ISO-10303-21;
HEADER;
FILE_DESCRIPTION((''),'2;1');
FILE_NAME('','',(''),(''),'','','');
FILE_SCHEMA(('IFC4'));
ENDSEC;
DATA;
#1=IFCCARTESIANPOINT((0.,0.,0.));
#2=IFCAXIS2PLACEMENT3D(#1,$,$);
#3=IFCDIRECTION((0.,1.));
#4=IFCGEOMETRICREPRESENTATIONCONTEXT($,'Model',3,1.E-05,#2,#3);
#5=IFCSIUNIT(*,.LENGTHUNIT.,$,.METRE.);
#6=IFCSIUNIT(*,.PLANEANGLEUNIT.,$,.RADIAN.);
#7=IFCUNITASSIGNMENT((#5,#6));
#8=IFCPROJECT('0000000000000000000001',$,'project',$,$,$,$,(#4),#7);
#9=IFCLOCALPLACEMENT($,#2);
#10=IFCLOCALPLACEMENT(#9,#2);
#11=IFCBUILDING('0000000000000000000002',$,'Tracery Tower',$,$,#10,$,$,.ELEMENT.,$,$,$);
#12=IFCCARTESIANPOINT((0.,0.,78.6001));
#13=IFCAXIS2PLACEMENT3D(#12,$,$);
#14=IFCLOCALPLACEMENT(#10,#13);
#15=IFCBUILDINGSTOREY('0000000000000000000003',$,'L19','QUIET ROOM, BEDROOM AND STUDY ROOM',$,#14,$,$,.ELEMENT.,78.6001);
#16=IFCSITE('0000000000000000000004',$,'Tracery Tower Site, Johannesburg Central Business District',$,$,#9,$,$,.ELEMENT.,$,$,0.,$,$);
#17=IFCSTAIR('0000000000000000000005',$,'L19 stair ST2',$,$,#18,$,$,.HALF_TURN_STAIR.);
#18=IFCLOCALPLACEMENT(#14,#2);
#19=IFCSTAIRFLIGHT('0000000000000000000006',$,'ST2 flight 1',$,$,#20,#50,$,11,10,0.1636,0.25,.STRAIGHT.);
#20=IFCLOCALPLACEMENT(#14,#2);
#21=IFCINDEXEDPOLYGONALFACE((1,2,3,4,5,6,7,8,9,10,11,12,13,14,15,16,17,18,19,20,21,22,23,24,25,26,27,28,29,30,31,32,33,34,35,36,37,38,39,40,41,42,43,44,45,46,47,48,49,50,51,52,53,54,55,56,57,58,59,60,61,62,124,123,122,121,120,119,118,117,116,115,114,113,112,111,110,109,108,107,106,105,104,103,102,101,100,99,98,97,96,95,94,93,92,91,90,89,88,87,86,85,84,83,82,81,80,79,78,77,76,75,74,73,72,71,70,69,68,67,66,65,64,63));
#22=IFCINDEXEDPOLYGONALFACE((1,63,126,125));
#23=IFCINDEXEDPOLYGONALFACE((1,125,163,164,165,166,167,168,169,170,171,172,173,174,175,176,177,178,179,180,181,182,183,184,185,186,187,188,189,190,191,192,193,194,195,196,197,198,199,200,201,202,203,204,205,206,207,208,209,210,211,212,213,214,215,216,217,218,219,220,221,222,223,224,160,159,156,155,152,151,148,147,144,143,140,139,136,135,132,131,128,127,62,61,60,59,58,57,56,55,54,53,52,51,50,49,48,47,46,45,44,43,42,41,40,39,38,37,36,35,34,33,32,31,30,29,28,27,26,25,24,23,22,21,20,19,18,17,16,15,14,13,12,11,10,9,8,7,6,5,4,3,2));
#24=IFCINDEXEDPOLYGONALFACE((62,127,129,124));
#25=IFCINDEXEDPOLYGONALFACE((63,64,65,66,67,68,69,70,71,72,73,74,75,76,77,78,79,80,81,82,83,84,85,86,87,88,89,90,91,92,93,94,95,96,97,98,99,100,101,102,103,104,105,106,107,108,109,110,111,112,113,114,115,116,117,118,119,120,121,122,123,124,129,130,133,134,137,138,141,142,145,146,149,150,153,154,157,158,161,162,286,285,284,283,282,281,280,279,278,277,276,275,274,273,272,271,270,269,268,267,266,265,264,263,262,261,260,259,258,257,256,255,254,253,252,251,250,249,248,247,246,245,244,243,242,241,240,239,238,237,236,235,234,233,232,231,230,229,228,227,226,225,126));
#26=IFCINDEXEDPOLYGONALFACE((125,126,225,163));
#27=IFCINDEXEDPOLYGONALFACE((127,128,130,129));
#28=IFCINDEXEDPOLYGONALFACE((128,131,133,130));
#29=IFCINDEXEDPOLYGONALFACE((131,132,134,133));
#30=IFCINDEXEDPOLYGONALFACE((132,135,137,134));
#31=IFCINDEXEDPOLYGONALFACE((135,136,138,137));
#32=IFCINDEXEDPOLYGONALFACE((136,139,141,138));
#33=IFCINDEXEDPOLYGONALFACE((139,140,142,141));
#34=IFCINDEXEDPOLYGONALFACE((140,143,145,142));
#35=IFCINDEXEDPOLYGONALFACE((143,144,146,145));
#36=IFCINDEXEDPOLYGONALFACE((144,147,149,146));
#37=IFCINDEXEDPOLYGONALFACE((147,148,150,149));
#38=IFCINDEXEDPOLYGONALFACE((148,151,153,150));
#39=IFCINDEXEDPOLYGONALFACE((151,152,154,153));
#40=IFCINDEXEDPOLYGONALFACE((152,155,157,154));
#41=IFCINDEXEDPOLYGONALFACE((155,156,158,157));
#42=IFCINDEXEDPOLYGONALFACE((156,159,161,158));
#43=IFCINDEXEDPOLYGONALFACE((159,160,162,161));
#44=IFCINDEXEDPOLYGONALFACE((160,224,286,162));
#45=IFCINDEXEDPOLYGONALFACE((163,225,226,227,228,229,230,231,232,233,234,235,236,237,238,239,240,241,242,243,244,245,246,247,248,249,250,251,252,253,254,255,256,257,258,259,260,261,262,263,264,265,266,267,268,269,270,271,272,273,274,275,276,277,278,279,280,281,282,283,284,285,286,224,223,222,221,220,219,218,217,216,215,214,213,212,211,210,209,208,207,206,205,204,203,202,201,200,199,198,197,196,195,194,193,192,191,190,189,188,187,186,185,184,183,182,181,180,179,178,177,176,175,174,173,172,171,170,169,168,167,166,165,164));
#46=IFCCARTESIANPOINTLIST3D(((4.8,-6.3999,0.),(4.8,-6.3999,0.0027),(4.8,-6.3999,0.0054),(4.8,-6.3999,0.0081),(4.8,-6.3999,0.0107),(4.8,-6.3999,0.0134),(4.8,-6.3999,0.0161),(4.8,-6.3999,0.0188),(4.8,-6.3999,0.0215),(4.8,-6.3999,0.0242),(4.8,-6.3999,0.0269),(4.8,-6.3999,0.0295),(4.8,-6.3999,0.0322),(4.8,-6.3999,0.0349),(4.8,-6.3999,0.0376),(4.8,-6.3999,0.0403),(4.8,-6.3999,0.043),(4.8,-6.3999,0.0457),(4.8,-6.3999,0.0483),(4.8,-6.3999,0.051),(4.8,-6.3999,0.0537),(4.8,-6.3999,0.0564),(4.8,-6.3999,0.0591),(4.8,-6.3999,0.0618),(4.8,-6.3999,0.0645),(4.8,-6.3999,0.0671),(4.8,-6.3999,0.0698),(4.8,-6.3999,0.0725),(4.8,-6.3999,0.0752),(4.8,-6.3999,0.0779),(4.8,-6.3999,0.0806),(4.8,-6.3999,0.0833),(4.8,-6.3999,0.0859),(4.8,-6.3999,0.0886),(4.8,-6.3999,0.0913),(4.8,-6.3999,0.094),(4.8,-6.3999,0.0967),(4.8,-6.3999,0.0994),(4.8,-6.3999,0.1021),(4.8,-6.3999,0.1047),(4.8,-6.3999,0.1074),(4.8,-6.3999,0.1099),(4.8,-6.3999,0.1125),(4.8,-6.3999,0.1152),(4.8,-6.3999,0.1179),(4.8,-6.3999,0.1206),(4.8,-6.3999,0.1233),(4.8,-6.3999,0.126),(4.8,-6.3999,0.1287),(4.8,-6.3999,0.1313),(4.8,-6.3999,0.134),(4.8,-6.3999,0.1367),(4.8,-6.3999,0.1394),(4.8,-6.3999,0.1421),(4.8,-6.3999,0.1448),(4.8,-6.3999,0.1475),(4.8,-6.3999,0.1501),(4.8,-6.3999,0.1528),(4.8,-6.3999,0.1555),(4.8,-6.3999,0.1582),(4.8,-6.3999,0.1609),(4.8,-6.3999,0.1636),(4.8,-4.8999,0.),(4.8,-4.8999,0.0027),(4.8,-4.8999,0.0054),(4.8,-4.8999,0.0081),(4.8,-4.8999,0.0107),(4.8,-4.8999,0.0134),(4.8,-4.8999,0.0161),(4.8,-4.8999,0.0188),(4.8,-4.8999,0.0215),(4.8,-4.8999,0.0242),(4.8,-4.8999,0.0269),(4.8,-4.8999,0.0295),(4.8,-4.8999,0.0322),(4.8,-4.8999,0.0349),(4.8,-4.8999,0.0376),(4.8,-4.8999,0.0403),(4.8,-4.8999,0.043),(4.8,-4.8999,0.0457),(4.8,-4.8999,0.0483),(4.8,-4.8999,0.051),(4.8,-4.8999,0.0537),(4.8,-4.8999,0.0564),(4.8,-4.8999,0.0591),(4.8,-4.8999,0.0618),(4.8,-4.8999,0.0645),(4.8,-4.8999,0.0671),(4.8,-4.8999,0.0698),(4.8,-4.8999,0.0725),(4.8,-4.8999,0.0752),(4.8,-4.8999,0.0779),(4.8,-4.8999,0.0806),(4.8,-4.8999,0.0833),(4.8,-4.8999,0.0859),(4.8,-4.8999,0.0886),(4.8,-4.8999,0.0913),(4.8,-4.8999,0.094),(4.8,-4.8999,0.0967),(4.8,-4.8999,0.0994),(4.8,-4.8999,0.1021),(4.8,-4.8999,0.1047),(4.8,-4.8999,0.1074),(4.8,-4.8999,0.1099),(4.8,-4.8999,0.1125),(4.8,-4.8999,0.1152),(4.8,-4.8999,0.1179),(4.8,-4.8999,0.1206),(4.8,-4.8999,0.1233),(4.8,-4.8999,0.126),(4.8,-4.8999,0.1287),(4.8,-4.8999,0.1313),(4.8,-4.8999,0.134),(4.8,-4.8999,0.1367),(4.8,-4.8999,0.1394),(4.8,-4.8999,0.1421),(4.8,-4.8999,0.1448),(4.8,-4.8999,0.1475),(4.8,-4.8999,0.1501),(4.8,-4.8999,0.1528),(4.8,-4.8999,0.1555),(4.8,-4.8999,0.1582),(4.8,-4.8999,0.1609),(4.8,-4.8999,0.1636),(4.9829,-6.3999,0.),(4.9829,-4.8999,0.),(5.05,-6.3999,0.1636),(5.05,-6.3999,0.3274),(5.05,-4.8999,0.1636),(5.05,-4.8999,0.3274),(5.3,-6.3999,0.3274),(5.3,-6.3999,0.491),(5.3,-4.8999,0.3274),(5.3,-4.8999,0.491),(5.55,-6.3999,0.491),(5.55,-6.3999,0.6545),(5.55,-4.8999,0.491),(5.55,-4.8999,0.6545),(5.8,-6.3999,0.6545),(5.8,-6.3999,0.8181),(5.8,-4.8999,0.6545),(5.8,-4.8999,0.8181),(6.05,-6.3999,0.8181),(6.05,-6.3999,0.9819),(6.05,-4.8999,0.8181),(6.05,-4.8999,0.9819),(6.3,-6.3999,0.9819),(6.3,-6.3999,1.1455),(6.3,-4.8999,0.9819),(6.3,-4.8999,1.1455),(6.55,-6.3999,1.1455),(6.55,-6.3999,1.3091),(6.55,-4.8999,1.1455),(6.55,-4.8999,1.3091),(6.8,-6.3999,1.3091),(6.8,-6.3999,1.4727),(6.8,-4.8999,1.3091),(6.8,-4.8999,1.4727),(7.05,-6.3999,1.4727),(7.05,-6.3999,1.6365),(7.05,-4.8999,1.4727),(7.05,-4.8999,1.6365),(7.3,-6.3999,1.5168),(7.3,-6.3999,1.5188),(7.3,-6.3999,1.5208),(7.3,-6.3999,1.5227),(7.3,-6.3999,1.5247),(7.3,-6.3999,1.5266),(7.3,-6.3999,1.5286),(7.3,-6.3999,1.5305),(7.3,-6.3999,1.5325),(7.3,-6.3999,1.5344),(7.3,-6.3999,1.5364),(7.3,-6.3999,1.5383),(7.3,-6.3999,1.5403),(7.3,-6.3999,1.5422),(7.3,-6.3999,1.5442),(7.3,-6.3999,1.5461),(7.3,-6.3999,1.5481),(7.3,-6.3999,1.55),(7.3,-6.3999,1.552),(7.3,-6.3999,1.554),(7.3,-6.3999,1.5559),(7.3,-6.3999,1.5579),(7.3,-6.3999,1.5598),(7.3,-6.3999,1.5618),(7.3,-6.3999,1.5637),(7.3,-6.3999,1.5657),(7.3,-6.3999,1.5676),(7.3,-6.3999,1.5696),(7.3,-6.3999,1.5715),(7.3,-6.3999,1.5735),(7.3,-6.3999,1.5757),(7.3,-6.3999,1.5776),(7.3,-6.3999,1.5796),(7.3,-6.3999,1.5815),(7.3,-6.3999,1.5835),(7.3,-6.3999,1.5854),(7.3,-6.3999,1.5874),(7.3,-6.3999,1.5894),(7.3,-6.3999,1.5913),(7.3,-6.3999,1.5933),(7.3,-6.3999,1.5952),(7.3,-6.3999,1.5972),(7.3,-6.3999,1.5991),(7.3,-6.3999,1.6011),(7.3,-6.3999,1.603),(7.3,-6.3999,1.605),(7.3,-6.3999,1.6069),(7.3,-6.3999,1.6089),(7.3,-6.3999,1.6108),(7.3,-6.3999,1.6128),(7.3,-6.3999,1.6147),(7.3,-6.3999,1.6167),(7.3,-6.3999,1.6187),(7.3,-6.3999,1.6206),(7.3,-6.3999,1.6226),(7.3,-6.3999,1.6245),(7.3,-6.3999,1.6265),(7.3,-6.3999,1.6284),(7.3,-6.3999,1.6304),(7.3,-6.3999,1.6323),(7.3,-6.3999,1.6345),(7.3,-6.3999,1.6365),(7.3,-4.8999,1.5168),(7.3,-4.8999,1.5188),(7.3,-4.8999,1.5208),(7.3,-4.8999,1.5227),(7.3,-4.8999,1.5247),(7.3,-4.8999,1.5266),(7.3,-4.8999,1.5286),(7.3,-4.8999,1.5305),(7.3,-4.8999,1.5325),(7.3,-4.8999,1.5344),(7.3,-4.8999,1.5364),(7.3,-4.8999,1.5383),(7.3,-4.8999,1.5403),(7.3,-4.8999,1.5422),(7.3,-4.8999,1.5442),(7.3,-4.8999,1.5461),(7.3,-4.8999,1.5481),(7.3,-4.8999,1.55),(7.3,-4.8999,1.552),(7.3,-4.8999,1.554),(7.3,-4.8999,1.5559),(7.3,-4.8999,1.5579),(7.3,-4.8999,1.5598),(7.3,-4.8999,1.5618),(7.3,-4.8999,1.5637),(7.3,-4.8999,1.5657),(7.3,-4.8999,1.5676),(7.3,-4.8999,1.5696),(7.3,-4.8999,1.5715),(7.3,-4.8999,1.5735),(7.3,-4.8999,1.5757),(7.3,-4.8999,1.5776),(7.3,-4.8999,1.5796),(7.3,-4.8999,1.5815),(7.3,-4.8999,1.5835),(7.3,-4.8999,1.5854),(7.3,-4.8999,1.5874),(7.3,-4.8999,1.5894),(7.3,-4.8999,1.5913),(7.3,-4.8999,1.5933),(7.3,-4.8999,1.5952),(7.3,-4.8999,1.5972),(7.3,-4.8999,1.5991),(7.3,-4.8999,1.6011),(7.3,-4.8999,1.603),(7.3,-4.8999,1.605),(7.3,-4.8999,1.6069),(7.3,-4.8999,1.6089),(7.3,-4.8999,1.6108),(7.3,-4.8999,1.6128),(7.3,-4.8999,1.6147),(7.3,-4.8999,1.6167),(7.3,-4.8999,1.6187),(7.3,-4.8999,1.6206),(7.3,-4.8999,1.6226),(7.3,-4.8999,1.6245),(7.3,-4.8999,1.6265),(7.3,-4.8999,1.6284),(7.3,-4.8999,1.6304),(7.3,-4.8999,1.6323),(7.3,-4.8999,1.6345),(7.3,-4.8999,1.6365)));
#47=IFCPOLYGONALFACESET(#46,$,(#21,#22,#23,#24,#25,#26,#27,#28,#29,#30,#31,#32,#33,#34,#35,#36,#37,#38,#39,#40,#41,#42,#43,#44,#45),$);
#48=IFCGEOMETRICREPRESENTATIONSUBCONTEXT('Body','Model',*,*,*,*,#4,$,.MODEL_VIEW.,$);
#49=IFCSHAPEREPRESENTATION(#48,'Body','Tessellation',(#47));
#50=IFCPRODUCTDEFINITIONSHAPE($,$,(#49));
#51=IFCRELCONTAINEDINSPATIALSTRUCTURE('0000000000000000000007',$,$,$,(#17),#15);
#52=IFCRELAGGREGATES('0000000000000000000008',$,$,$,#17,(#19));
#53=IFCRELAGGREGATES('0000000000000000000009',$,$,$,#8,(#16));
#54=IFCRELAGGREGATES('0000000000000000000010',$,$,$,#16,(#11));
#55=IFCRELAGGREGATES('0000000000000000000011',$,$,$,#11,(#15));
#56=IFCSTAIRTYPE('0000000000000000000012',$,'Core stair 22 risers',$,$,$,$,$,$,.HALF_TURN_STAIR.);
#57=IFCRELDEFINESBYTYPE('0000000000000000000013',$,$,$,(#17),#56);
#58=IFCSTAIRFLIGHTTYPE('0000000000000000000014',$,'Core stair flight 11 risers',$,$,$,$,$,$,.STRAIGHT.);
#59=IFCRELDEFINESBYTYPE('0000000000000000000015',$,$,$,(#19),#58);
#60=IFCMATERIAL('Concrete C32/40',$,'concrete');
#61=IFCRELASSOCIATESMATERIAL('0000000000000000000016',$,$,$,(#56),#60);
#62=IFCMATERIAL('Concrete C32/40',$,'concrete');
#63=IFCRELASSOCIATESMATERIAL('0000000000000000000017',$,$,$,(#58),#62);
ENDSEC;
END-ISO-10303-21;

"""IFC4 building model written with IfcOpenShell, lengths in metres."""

from ifc_helpers import new_model, si_unit, direction, frame, origin, place, context, subcontext, project, spatial, polyline, outline, extrude, material, type_object, element, aggregate, save


model = new_model("IFC4")

# Units and contexts
model_context = context("Model", 3, precision=1e-05, world=origin(), true_north=direction((0.0, 1.0)))
body_context = subcontext(model_context, "Body", "Model", "MODEL_VIEW")
ifc_project = project(units=[si_unit("LENGTHUNIT", "METRE"), si_unit("PLANEANGLEUNIT", "RADIAN")], contexts=[model_context])

# Site, building, storey
site_placement = place(None, origin())
site = spatial("IfcSite", under=ifc_project, at=site_placement, Name="Tracery Tower Site, Johannesburg Central Business District", CompositionType="ELEMENT", RefElevation=0.0)
building_placement = place(site_placement, origin())
building = spatial("IfcBuilding", under=site, at=building_placement, Name="Tracery Tower", CompositionType="ELEMENT")
storey_placement = place(building_placement, frame((0.0, 0.0, 78.6001)))
storey = spatial("IfcBuildingStorey", under=building, at=storey_placement, Name="L19", Description="QUIET ROOM, BEDROOM AND STUDY ROOM", CompositionType="ELEMENT", Elevation=78.6001)

# Stair, stair flight
ifc_material_1 = material(Name="Concrete C32/40", Category="concrete")
stair_type = type_object("IfcStairType", Name="Core stair 22 risers", PredefinedType="HALF_TURN_STAIR", material=ifc_material_1)
stair_placement = place(storey_placement, origin())
stair = element("IfcStair", 1, at=stair_placement, inside=storey, type_object=stair_type, Name="L19 stair ST2", PredefinedType="HALF_TURN_STAIR")
ifc_material_2 = material(Name="Concrete C32/40", Category="concrete")
stair_flight_type = type_object("IfcStairFlightType", Name="Core stair flight 11 risers", PredefinedType="STRAIGHT", material=ifc_material_2)
stair_flight_1_placement = place(storey_placement, frame((4.8, -5.6499, 0.0), z_axis=(0.0, 0.0, 1.0), x_axis=(1.0, 0.0, 0.0)))
stair_flight_1 = element("IfcStairFlight", 2, at=stair_flight_1_placement, type_object=stair_flight_type, Name="ST2 flight 1", NumberOfRisers=11, NumberOfTreads=10, PredefinedType="STRAIGHT", RiserHeight=0.1636, TreadLength=0.25, context=body_context, shape_type="SweptSolid", body=[
    extrude(outline(polyline([(0.0, 0.0), (0.0, 0.0027), (0.0, 0.0054), (0.0, 0.0081), (0.0, 0.0107), (0.0, 0.0134), (0.0, 0.0161), (0.0, 0.0188), (0.0, 0.0215), (0.0, 0.0242), (0.0, 0.0269), (0.0, 0.0295), (0.0, 0.0322), (0.0, 0.0349), (0.0, 0.0376), (0.0, 0.0403), (0.0, 0.043), (0.0, 0.0457), (0.0, 0.0483), (0.0, 0.051), (0.0, 0.0537), (0.0, 0.0564), (0.0, 0.0591), (0.0, 0.0618), (0.0, 0.0645), (0.0, 0.0671), (0.0, 0.0698), (0.0, 0.0725), (0.0, 0.0752), (0.0, 0.0779), (0.0, 0.0806), (0.0, 0.0833), (0.0, 0.0859), (0.0, 0.0886), (0.0, 0.0913), (0.0, 0.094), (0.0, 0.0967), (0.0, 0.0994), (0.0, 0.1021), (0.0, 0.1047), (0.0, 0.1074), (0.0, 0.1099), (0.0, 0.1125), (0.0, 0.1152), (0.0, 0.1179), (0.0, 0.1206), (0.0, 0.1233), (0.0, 0.126), (0.0, 0.1287), (0.0, 0.1313), (0.0, 0.134), (0.0, 0.1367), (0.0, 0.1394), (0.0, 0.1421), (0.0, 0.1448), (0.0, 0.1475), (0.0, 0.1501), (0.0, 0.1528), (0.0, 0.1555), (0.0, 0.1582), (0.0, 0.1609), (0.0, 0.1636), (0.25, 0.1636), (0.25, 0.3274), (0.5, 0.3274), (0.5, 0.491), (0.75, 0.491), (0.75, 0.6545), (1.0, 0.6545), (1.0, 0.8181), (1.25, 0.8181), (1.25, 0.9819), (1.5, 0.9819), (1.5, 1.1455), (1.75, 1.1455), (1.75, 1.3091), (2.0, 1.3091), (2.0, 1.4727), (2.25, 1.4727), (2.25, 1.6365), (2.5, 1.6365), (2.5, 1.6345), (2.5, 1.6323), (2.5, 1.6304), (2.5, 1.6284), (2.5, 1.6265), (2.5, 1.6245), (2.5, 1.6226), (2.5, 1.6206), (2.5, 1.6187), (2.5, 1.6167), (2.5, 1.6147), (2.5, 1.6128), (2.5, 1.6108), (2.5, 1.6089), (2.5, 1.6069), (2.5, 1.605), (2.5, 1.603), (2.5, 1.6011), (2.5, 1.5991), (2.5, 1.5972), (2.5, 1.5952), (2.5, 1.5933), (2.5, 1.5913), (2.5, 1.5894), (2.5, 1.5874), (2.5, 1.5854), (2.5, 1.5835), (2.5, 1.5815), (2.5, 1.5796), (2.5, 1.5776), (2.5, 1.5757), (2.5, 1.5735), (2.5, 1.5715), (2.5, 1.5696), (2.5, 1.5676), (2.5, 1.5657), (2.5, 1.5637), (2.5, 1.5618), (2.5, 1.5598), (2.5, 1.5579), (2.5, 1.5559), (2.5, 1.554), (2.5, 1.552), (2.5, 1.55), (2.5, 1.5481), (2.5, 1.5461), (2.5, 1.5442), (2.5, 1.5422), (2.5, 1.5403), (2.5, 1.5383), (2.5, 1.5364), (2.5, 1.5344), (2.5, 1.5325), (2.5, 1.5305), (2.5, 1.5286), (2.5, 1.5266), (2.5, 1.5247), (2.5, 1.5227), (2.5, 1.5208), (2.5, 1.5188), (2.5, 1.5168), (0.1829, 0.0), (0.0, 0.0)])), frame((0.0, 0.75, 0.0), z_axis=(0.0, -1.0, 0.0), x_axis=(1.0, 0.0, 0.0)), (0.0, 0.0, 1.0), 1.5),
])
aggregate(stair, [stair_flight_1])

save(model, "model.ifc")
